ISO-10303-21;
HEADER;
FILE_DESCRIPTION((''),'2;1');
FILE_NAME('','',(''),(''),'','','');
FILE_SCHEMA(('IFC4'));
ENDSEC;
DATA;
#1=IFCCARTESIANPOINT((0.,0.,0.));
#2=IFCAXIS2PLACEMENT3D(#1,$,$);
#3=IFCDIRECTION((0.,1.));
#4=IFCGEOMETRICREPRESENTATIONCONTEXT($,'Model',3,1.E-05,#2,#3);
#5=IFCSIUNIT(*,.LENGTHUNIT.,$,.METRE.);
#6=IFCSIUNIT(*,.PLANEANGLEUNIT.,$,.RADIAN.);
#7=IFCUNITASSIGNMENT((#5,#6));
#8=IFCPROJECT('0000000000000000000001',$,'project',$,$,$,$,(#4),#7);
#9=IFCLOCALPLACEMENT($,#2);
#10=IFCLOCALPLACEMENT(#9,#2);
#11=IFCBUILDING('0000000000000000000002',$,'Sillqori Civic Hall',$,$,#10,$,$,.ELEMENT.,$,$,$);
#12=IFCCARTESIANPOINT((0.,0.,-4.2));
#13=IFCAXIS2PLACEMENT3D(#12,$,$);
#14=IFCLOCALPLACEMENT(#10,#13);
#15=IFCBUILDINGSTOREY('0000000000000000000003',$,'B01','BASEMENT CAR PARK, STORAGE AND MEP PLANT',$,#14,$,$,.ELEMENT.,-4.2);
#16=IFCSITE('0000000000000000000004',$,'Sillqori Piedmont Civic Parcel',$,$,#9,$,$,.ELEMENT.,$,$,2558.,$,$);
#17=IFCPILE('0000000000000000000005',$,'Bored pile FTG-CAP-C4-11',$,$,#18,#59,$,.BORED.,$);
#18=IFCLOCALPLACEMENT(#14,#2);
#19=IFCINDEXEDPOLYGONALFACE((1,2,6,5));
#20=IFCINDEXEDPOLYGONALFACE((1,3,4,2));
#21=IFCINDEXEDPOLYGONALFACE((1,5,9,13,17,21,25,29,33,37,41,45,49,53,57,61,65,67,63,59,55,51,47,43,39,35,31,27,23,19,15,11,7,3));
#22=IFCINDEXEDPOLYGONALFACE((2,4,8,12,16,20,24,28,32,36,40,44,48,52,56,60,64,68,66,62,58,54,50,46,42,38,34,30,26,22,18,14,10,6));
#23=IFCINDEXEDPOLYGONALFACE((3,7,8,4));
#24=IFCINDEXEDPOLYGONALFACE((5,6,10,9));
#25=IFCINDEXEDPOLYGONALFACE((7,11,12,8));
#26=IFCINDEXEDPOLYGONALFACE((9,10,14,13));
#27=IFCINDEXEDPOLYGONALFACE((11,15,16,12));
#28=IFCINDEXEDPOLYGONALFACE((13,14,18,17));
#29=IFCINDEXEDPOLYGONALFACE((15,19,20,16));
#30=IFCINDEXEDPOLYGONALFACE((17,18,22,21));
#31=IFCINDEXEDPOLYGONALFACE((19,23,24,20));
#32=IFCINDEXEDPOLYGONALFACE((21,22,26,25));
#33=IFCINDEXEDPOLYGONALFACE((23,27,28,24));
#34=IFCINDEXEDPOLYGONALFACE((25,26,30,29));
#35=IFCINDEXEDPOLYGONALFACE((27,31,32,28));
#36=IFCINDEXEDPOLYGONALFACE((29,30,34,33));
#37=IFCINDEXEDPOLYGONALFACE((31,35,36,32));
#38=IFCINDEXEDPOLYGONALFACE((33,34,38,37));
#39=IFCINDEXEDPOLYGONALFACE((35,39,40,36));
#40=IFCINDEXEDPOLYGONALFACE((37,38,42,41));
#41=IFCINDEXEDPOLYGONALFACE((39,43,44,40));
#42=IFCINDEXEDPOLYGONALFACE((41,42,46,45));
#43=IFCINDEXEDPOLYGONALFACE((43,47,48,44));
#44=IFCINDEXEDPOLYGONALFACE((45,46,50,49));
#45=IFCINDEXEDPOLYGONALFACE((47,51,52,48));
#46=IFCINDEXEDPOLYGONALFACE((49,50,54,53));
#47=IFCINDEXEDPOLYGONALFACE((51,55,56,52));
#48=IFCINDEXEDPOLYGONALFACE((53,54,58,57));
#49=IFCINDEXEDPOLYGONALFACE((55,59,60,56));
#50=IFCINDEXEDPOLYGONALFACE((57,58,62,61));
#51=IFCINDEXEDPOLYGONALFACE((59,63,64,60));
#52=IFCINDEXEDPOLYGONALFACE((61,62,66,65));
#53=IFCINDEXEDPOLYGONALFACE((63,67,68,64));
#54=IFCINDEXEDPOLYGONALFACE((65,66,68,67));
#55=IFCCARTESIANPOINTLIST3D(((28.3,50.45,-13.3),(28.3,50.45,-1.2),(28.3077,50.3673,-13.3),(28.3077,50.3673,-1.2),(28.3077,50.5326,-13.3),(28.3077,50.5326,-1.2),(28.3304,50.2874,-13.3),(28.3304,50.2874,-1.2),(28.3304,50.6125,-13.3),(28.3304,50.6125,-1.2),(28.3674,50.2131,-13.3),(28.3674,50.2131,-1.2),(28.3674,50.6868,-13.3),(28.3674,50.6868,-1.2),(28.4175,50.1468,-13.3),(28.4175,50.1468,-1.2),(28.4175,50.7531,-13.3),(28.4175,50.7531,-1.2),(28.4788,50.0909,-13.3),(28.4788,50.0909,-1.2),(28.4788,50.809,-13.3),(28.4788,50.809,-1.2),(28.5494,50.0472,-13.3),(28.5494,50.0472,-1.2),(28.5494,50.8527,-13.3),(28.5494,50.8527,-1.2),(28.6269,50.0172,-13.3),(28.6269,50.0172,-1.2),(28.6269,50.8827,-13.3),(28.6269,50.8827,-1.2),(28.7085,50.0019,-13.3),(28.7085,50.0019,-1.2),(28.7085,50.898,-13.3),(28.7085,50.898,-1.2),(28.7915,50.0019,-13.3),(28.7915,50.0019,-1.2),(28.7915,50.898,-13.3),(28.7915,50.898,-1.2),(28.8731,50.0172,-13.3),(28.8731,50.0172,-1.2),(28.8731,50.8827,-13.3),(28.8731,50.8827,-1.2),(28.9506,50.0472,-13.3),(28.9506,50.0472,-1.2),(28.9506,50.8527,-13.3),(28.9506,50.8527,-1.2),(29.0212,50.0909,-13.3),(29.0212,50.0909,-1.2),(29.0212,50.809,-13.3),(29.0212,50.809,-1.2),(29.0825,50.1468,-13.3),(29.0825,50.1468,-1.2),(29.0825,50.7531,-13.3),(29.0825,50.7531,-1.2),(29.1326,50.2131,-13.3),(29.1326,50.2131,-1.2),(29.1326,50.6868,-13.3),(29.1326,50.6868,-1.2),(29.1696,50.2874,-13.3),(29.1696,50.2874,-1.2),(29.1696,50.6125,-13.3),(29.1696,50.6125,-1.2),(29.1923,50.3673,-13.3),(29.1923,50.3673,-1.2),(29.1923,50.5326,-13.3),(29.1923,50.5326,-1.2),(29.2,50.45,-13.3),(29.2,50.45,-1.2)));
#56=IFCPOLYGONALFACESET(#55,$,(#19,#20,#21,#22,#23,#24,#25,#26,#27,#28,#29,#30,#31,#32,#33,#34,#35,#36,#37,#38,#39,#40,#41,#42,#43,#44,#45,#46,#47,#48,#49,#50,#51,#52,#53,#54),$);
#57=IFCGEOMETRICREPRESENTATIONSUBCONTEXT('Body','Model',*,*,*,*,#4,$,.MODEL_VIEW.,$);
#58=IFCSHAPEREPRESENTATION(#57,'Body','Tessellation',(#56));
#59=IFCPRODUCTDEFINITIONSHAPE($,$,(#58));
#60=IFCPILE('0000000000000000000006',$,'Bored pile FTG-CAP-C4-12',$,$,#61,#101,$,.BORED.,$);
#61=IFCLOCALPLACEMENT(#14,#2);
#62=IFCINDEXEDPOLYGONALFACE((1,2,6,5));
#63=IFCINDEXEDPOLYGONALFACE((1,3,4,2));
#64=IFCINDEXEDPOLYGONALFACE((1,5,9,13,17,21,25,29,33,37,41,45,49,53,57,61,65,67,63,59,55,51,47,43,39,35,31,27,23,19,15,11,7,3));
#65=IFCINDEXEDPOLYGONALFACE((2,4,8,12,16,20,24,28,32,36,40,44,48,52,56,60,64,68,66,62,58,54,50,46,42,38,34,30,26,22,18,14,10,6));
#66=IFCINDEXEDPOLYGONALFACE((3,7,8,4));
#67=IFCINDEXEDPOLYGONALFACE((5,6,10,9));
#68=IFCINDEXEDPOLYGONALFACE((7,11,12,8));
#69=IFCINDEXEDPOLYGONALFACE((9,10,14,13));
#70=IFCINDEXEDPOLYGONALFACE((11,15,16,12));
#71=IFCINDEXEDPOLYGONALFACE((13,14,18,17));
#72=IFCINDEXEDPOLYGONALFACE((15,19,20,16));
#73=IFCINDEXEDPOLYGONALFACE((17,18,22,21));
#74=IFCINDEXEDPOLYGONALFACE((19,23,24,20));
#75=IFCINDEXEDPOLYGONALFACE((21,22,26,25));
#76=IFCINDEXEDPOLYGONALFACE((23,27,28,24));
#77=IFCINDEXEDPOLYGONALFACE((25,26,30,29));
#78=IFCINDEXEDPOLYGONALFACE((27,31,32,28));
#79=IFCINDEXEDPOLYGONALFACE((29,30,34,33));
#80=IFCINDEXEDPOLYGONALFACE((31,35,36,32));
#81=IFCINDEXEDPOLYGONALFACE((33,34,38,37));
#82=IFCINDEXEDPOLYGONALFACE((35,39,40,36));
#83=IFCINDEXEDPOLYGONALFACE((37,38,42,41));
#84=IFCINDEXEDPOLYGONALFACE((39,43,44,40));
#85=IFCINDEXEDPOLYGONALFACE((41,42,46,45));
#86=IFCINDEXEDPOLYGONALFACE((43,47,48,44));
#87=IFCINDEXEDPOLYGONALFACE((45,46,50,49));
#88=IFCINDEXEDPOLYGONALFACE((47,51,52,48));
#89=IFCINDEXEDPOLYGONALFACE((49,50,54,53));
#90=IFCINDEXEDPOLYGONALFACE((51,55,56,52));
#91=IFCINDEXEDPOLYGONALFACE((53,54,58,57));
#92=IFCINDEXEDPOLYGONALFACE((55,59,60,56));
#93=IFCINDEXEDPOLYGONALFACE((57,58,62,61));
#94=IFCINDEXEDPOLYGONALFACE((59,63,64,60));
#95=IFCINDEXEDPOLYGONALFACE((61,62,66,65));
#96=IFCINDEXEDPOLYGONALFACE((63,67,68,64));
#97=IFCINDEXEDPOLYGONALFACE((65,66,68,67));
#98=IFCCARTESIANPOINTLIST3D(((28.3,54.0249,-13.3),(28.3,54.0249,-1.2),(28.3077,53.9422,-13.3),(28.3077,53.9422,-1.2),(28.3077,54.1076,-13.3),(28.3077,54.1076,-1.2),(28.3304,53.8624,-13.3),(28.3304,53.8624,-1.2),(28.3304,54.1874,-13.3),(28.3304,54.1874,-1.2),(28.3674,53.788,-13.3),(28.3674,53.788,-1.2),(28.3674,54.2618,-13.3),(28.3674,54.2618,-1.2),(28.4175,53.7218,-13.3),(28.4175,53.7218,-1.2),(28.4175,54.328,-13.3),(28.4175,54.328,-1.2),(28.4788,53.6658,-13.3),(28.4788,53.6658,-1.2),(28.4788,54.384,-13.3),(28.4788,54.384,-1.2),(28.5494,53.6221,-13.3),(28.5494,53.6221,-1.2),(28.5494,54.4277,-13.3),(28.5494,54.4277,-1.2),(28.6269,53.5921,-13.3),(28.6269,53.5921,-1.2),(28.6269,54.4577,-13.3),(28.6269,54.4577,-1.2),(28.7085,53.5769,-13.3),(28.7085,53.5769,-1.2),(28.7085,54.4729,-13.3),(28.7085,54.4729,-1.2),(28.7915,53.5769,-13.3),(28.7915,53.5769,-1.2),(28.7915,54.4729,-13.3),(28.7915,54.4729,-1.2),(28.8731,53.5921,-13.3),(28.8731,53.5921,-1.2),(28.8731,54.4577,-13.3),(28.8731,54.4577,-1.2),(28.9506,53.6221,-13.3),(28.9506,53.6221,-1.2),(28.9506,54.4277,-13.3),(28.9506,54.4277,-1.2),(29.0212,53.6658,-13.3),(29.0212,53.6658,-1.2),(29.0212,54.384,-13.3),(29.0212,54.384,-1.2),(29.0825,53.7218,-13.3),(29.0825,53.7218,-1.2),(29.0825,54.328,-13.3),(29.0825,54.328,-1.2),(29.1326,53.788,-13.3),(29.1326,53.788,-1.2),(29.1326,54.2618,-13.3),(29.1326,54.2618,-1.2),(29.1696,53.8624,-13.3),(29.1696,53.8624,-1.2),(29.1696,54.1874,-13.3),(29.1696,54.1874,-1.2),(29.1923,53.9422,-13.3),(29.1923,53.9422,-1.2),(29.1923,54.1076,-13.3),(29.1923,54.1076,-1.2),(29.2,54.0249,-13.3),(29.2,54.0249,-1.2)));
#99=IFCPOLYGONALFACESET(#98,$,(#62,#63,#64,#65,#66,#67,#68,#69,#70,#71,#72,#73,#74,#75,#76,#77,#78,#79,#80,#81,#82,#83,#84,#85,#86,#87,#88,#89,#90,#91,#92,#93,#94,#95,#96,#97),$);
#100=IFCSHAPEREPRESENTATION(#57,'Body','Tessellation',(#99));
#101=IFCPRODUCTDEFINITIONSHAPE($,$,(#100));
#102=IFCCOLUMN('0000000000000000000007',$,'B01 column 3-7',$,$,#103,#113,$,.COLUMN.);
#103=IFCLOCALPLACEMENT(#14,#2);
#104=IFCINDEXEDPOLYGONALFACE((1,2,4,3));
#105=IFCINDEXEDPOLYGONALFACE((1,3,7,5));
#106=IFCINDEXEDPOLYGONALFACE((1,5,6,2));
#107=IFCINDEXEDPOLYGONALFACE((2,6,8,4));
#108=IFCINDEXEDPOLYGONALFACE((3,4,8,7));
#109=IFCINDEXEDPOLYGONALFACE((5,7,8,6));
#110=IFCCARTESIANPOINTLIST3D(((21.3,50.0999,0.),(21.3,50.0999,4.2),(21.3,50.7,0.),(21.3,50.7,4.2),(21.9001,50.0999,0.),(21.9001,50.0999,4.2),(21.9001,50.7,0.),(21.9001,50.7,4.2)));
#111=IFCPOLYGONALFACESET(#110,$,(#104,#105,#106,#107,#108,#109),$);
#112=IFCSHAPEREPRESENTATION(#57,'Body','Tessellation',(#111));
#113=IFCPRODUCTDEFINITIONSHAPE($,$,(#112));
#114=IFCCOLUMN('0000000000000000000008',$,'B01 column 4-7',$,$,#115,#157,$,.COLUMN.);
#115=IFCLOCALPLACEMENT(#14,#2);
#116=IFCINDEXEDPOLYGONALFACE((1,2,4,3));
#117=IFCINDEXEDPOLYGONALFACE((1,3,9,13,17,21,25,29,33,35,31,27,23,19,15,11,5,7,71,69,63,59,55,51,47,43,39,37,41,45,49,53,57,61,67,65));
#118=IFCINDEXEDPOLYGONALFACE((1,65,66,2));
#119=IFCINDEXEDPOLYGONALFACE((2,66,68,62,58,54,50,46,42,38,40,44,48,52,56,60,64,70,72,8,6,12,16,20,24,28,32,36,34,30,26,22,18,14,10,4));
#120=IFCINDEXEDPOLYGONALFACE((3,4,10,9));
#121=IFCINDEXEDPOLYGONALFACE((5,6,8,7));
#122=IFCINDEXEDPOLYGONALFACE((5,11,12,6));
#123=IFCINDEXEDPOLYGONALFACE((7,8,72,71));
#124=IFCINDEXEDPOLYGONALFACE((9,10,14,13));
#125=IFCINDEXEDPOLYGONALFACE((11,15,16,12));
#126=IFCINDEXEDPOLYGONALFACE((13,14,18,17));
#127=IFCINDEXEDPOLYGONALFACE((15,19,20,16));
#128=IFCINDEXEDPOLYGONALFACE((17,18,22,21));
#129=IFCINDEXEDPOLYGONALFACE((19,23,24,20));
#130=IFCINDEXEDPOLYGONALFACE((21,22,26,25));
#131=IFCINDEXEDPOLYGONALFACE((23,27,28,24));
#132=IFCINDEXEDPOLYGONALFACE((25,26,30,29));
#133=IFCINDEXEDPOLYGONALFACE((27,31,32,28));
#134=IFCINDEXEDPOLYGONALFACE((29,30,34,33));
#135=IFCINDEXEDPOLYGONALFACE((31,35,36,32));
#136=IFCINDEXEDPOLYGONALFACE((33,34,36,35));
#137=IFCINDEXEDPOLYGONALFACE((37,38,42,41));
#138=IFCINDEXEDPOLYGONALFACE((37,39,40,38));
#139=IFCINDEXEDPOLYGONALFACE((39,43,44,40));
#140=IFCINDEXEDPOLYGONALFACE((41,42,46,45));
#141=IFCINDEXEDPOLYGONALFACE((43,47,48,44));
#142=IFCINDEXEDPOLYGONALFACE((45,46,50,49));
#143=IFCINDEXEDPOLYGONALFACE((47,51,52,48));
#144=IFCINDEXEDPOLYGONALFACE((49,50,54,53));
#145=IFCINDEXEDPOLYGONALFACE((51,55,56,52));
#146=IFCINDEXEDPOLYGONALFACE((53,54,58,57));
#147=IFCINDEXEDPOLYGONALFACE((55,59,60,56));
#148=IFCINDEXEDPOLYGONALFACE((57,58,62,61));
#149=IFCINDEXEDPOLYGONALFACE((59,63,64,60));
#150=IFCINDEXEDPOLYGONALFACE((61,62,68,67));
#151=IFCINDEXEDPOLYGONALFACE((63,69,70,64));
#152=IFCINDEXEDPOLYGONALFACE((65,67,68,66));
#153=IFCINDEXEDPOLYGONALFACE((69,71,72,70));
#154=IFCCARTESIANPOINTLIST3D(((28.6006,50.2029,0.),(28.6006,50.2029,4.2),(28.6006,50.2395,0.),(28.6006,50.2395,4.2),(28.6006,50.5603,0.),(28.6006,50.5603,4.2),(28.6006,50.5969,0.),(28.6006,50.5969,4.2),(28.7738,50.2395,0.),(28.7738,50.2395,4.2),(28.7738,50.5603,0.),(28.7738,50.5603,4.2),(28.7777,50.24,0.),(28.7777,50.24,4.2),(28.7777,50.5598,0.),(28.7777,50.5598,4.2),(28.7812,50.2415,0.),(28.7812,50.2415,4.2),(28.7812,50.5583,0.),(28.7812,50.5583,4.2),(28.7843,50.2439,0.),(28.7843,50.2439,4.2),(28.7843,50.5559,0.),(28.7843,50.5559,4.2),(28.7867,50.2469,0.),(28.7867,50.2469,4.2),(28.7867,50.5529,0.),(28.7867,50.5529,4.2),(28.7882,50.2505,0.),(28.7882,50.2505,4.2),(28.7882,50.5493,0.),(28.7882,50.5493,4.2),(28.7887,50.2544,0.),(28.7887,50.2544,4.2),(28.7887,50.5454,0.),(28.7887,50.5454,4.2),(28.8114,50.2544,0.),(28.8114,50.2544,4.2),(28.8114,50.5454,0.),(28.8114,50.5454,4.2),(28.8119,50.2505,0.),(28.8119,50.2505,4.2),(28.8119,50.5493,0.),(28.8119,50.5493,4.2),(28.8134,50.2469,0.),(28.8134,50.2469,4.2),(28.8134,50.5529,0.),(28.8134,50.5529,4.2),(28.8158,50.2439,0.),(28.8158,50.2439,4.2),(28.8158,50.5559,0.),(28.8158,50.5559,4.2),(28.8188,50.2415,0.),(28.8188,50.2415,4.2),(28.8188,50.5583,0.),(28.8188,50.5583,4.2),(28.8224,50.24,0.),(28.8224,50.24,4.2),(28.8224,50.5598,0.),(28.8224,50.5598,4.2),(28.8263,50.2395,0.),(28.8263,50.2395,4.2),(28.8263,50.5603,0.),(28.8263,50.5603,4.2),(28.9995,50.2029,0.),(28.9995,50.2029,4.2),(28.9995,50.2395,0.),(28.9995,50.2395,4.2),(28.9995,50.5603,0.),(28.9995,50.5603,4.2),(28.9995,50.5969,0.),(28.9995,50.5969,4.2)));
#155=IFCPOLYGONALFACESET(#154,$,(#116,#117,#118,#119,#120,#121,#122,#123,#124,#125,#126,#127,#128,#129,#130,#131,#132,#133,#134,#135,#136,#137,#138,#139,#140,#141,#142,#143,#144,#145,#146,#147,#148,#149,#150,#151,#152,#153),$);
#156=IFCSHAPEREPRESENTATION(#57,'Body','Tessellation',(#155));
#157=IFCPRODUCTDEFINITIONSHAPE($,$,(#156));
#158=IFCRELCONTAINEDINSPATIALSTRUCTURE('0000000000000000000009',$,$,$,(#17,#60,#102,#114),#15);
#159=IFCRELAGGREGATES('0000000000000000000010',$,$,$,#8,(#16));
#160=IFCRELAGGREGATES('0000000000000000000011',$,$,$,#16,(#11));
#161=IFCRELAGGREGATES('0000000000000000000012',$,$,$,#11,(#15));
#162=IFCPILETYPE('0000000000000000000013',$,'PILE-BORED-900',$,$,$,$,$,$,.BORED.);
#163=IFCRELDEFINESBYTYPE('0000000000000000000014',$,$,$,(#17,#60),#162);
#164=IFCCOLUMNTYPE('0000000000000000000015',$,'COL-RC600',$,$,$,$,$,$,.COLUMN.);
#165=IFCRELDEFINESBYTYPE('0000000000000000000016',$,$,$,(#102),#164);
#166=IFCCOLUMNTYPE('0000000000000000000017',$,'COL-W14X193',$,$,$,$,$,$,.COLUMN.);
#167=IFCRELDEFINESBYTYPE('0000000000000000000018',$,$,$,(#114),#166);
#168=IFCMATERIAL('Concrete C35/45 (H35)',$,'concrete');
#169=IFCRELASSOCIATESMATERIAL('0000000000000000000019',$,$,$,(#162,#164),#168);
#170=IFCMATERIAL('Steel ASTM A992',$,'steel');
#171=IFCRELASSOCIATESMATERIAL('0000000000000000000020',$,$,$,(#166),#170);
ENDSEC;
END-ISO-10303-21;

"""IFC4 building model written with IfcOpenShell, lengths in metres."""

from ifc_helpers import new_model, si_unit, direction, frame, origin, origin_2d, place, context, subcontext, project, spatial, rectangle, circle, i_section, extrude, material, material_profile, profile_set, type_object, element, save


model = new_model("IFC4")

# Units and contexts
model_context = context("Model", 3, precision=1e-05, world=origin(), true_north=direction((0.0, 1.0)))
body_context = subcontext(model_context, "Body", "Model", "MODEL_VIEW")
ifc_project = project(units=[si_unit("LENGTHUNIT", "METRE"), si_unit("PLANEANGLEUNIT", "RADIAN")], contexts=[model_context])

# Site, building, storey
site_placement = place(None, origin())
site = spatial("IfcSite", under=ifc_project, at=site_placement, Name="Sillqori Piedmont Civic Parcel", CompositionType="ELEMENT", RefElevation=2558.0)
building_placement = place(site_placement, origin())
building = spatial("IfcBuilding", under=site, at=building_placement, Name="Sillqori Civic Hall", CompositionType="ELEMENT")
storey_placement = place(building_placement, frame((0.0, 0.0, -4.2)))
storey = spatial("IfcBuildingStorey", under=building, at=storey_placement, Name="B01", Description="BASEMENT CAR PARK, STORAGE AND MEP PLANT", CompositionType="ELEMENT", Elevation=-4.2)

# Piles
ifc_material_1 = material(Name="Concrete C35/45 (H35)", Category="concrete")
ifc_material_profile_1 = material_profile(ifc_material_1, circle(Radius=0.45, at=origin_2d()), Name="BORED PILE 900")
ifc_profile_set_1 = profile_set([ifc_material_profile_1], Name="Concrete C35/45 (H35)")
pile_type = type_object("IfcPileType", Name="PILE-BORED-900", PredefinedType="BORED", material=ifc_profile_set_1)
for number, where, z_axis, x_axis, name in (
    (1, (28.75, 50.45, -1.2), (0.0, 0.0, -1.0), (1.0, 0.0, 0.0), "Bored pile FTG-CAP-C4-11"),
    (2, (28.75, 54.0249, -1.2), (0.0, 0.0, -1.0), (1.0, 0.0, 0.0), "Bored pile FTG-CAP-C4-12"),
):
    element("IfcPile", number, at=place(storey_placement, frame(where, z_axis=z_axis, x_axis=x_axis)), inside=storey, type_object=pile_type, Name=name, PredefinedType="BORED", context=body_context, shape_type="SweptSolid", body=[
        extrude(circle(Radius=0.45, at=origin_2d()), origin(), (0.0, 0.0, 1.0), 12.1001),
    ])

# Columns
ifc_material_profile_2 = material_profile(ifc_material_1, rectangle(XDim=0.6001, YDim=0.6001, at=origin_2d()), Name="RC 600x600")
ifc_profile_set_2 = profile_set([ifc_material_profile_2], Name="Concrete C35/45 (H35)")
column_type_1 = type_object("IfcColumnType", Name="COL-RC600", PredefinedType="COLUMN", material=ifc_profile_set_2)
column_1_placement = place(storey_placement, frame((21.6001, 50.3999, 0.0), z_axis=(0.0, 0.0, 1.0), x_axis=(1.0, 0.0, 0.0)))
element("IfcColumn", 3, at=column_1_placement, inside=storey, type_object=column_type_1, Name="B01 column 3-7", PredefinedType="COLUMN", context=body_context, shape_type="SweptSolid", body=[
    extrude(rectangle(XDim=0.6001, YDim=0.6001, at=origin_2d()), origin(), (0.0, 0.0, 1.0), 4.2),
])
ifc_material_2 = material(Name="Steel ASTM A992", Category="steel")
ifc_material_profile_3 = material_profile(ifc_material_2, i_section(OverallWidth=0.3989, OverallDepth=0.394, WebThickness=0.0227, FlangeThickness=0.0366, FilletRadius=0.0149, at=origin_2d()), Name="W14X193")
ifc_profile_set_3 = profile_set([ifc_material_profile_3], Name="Steel ASTM A992")
column_type_2 = type_object("IfcColumnType", Name="COL-W14X193", PredefinedType="COLUMN", material=ifc_profile_set_3)
column_2_placement = place(storey_placement, frame((28.8, 50.3999, 0.0), z_axis=(0.0, 0.0, 1.0), x_axis=(1.0, 0.0, 0.0)))
element("IfcColumn", 4, at=column_2_placement, inside=storey, type_object=column_type_2, Name="B01 column 4-7", PredefinedType="COLUMN", context=body_context, shape_type="SweptSolid", body=[
    extrude(i_section(OverallWidth=0.3989, OverallDepth=0.394, WebThickness=0.0227, FlangeThickness=0.0366, FilletRadius=0.0149, at=origin_2d()), origin(), (0.0, 0.0, 1.0), 4.2),
])

save(model, "model.ifc")
